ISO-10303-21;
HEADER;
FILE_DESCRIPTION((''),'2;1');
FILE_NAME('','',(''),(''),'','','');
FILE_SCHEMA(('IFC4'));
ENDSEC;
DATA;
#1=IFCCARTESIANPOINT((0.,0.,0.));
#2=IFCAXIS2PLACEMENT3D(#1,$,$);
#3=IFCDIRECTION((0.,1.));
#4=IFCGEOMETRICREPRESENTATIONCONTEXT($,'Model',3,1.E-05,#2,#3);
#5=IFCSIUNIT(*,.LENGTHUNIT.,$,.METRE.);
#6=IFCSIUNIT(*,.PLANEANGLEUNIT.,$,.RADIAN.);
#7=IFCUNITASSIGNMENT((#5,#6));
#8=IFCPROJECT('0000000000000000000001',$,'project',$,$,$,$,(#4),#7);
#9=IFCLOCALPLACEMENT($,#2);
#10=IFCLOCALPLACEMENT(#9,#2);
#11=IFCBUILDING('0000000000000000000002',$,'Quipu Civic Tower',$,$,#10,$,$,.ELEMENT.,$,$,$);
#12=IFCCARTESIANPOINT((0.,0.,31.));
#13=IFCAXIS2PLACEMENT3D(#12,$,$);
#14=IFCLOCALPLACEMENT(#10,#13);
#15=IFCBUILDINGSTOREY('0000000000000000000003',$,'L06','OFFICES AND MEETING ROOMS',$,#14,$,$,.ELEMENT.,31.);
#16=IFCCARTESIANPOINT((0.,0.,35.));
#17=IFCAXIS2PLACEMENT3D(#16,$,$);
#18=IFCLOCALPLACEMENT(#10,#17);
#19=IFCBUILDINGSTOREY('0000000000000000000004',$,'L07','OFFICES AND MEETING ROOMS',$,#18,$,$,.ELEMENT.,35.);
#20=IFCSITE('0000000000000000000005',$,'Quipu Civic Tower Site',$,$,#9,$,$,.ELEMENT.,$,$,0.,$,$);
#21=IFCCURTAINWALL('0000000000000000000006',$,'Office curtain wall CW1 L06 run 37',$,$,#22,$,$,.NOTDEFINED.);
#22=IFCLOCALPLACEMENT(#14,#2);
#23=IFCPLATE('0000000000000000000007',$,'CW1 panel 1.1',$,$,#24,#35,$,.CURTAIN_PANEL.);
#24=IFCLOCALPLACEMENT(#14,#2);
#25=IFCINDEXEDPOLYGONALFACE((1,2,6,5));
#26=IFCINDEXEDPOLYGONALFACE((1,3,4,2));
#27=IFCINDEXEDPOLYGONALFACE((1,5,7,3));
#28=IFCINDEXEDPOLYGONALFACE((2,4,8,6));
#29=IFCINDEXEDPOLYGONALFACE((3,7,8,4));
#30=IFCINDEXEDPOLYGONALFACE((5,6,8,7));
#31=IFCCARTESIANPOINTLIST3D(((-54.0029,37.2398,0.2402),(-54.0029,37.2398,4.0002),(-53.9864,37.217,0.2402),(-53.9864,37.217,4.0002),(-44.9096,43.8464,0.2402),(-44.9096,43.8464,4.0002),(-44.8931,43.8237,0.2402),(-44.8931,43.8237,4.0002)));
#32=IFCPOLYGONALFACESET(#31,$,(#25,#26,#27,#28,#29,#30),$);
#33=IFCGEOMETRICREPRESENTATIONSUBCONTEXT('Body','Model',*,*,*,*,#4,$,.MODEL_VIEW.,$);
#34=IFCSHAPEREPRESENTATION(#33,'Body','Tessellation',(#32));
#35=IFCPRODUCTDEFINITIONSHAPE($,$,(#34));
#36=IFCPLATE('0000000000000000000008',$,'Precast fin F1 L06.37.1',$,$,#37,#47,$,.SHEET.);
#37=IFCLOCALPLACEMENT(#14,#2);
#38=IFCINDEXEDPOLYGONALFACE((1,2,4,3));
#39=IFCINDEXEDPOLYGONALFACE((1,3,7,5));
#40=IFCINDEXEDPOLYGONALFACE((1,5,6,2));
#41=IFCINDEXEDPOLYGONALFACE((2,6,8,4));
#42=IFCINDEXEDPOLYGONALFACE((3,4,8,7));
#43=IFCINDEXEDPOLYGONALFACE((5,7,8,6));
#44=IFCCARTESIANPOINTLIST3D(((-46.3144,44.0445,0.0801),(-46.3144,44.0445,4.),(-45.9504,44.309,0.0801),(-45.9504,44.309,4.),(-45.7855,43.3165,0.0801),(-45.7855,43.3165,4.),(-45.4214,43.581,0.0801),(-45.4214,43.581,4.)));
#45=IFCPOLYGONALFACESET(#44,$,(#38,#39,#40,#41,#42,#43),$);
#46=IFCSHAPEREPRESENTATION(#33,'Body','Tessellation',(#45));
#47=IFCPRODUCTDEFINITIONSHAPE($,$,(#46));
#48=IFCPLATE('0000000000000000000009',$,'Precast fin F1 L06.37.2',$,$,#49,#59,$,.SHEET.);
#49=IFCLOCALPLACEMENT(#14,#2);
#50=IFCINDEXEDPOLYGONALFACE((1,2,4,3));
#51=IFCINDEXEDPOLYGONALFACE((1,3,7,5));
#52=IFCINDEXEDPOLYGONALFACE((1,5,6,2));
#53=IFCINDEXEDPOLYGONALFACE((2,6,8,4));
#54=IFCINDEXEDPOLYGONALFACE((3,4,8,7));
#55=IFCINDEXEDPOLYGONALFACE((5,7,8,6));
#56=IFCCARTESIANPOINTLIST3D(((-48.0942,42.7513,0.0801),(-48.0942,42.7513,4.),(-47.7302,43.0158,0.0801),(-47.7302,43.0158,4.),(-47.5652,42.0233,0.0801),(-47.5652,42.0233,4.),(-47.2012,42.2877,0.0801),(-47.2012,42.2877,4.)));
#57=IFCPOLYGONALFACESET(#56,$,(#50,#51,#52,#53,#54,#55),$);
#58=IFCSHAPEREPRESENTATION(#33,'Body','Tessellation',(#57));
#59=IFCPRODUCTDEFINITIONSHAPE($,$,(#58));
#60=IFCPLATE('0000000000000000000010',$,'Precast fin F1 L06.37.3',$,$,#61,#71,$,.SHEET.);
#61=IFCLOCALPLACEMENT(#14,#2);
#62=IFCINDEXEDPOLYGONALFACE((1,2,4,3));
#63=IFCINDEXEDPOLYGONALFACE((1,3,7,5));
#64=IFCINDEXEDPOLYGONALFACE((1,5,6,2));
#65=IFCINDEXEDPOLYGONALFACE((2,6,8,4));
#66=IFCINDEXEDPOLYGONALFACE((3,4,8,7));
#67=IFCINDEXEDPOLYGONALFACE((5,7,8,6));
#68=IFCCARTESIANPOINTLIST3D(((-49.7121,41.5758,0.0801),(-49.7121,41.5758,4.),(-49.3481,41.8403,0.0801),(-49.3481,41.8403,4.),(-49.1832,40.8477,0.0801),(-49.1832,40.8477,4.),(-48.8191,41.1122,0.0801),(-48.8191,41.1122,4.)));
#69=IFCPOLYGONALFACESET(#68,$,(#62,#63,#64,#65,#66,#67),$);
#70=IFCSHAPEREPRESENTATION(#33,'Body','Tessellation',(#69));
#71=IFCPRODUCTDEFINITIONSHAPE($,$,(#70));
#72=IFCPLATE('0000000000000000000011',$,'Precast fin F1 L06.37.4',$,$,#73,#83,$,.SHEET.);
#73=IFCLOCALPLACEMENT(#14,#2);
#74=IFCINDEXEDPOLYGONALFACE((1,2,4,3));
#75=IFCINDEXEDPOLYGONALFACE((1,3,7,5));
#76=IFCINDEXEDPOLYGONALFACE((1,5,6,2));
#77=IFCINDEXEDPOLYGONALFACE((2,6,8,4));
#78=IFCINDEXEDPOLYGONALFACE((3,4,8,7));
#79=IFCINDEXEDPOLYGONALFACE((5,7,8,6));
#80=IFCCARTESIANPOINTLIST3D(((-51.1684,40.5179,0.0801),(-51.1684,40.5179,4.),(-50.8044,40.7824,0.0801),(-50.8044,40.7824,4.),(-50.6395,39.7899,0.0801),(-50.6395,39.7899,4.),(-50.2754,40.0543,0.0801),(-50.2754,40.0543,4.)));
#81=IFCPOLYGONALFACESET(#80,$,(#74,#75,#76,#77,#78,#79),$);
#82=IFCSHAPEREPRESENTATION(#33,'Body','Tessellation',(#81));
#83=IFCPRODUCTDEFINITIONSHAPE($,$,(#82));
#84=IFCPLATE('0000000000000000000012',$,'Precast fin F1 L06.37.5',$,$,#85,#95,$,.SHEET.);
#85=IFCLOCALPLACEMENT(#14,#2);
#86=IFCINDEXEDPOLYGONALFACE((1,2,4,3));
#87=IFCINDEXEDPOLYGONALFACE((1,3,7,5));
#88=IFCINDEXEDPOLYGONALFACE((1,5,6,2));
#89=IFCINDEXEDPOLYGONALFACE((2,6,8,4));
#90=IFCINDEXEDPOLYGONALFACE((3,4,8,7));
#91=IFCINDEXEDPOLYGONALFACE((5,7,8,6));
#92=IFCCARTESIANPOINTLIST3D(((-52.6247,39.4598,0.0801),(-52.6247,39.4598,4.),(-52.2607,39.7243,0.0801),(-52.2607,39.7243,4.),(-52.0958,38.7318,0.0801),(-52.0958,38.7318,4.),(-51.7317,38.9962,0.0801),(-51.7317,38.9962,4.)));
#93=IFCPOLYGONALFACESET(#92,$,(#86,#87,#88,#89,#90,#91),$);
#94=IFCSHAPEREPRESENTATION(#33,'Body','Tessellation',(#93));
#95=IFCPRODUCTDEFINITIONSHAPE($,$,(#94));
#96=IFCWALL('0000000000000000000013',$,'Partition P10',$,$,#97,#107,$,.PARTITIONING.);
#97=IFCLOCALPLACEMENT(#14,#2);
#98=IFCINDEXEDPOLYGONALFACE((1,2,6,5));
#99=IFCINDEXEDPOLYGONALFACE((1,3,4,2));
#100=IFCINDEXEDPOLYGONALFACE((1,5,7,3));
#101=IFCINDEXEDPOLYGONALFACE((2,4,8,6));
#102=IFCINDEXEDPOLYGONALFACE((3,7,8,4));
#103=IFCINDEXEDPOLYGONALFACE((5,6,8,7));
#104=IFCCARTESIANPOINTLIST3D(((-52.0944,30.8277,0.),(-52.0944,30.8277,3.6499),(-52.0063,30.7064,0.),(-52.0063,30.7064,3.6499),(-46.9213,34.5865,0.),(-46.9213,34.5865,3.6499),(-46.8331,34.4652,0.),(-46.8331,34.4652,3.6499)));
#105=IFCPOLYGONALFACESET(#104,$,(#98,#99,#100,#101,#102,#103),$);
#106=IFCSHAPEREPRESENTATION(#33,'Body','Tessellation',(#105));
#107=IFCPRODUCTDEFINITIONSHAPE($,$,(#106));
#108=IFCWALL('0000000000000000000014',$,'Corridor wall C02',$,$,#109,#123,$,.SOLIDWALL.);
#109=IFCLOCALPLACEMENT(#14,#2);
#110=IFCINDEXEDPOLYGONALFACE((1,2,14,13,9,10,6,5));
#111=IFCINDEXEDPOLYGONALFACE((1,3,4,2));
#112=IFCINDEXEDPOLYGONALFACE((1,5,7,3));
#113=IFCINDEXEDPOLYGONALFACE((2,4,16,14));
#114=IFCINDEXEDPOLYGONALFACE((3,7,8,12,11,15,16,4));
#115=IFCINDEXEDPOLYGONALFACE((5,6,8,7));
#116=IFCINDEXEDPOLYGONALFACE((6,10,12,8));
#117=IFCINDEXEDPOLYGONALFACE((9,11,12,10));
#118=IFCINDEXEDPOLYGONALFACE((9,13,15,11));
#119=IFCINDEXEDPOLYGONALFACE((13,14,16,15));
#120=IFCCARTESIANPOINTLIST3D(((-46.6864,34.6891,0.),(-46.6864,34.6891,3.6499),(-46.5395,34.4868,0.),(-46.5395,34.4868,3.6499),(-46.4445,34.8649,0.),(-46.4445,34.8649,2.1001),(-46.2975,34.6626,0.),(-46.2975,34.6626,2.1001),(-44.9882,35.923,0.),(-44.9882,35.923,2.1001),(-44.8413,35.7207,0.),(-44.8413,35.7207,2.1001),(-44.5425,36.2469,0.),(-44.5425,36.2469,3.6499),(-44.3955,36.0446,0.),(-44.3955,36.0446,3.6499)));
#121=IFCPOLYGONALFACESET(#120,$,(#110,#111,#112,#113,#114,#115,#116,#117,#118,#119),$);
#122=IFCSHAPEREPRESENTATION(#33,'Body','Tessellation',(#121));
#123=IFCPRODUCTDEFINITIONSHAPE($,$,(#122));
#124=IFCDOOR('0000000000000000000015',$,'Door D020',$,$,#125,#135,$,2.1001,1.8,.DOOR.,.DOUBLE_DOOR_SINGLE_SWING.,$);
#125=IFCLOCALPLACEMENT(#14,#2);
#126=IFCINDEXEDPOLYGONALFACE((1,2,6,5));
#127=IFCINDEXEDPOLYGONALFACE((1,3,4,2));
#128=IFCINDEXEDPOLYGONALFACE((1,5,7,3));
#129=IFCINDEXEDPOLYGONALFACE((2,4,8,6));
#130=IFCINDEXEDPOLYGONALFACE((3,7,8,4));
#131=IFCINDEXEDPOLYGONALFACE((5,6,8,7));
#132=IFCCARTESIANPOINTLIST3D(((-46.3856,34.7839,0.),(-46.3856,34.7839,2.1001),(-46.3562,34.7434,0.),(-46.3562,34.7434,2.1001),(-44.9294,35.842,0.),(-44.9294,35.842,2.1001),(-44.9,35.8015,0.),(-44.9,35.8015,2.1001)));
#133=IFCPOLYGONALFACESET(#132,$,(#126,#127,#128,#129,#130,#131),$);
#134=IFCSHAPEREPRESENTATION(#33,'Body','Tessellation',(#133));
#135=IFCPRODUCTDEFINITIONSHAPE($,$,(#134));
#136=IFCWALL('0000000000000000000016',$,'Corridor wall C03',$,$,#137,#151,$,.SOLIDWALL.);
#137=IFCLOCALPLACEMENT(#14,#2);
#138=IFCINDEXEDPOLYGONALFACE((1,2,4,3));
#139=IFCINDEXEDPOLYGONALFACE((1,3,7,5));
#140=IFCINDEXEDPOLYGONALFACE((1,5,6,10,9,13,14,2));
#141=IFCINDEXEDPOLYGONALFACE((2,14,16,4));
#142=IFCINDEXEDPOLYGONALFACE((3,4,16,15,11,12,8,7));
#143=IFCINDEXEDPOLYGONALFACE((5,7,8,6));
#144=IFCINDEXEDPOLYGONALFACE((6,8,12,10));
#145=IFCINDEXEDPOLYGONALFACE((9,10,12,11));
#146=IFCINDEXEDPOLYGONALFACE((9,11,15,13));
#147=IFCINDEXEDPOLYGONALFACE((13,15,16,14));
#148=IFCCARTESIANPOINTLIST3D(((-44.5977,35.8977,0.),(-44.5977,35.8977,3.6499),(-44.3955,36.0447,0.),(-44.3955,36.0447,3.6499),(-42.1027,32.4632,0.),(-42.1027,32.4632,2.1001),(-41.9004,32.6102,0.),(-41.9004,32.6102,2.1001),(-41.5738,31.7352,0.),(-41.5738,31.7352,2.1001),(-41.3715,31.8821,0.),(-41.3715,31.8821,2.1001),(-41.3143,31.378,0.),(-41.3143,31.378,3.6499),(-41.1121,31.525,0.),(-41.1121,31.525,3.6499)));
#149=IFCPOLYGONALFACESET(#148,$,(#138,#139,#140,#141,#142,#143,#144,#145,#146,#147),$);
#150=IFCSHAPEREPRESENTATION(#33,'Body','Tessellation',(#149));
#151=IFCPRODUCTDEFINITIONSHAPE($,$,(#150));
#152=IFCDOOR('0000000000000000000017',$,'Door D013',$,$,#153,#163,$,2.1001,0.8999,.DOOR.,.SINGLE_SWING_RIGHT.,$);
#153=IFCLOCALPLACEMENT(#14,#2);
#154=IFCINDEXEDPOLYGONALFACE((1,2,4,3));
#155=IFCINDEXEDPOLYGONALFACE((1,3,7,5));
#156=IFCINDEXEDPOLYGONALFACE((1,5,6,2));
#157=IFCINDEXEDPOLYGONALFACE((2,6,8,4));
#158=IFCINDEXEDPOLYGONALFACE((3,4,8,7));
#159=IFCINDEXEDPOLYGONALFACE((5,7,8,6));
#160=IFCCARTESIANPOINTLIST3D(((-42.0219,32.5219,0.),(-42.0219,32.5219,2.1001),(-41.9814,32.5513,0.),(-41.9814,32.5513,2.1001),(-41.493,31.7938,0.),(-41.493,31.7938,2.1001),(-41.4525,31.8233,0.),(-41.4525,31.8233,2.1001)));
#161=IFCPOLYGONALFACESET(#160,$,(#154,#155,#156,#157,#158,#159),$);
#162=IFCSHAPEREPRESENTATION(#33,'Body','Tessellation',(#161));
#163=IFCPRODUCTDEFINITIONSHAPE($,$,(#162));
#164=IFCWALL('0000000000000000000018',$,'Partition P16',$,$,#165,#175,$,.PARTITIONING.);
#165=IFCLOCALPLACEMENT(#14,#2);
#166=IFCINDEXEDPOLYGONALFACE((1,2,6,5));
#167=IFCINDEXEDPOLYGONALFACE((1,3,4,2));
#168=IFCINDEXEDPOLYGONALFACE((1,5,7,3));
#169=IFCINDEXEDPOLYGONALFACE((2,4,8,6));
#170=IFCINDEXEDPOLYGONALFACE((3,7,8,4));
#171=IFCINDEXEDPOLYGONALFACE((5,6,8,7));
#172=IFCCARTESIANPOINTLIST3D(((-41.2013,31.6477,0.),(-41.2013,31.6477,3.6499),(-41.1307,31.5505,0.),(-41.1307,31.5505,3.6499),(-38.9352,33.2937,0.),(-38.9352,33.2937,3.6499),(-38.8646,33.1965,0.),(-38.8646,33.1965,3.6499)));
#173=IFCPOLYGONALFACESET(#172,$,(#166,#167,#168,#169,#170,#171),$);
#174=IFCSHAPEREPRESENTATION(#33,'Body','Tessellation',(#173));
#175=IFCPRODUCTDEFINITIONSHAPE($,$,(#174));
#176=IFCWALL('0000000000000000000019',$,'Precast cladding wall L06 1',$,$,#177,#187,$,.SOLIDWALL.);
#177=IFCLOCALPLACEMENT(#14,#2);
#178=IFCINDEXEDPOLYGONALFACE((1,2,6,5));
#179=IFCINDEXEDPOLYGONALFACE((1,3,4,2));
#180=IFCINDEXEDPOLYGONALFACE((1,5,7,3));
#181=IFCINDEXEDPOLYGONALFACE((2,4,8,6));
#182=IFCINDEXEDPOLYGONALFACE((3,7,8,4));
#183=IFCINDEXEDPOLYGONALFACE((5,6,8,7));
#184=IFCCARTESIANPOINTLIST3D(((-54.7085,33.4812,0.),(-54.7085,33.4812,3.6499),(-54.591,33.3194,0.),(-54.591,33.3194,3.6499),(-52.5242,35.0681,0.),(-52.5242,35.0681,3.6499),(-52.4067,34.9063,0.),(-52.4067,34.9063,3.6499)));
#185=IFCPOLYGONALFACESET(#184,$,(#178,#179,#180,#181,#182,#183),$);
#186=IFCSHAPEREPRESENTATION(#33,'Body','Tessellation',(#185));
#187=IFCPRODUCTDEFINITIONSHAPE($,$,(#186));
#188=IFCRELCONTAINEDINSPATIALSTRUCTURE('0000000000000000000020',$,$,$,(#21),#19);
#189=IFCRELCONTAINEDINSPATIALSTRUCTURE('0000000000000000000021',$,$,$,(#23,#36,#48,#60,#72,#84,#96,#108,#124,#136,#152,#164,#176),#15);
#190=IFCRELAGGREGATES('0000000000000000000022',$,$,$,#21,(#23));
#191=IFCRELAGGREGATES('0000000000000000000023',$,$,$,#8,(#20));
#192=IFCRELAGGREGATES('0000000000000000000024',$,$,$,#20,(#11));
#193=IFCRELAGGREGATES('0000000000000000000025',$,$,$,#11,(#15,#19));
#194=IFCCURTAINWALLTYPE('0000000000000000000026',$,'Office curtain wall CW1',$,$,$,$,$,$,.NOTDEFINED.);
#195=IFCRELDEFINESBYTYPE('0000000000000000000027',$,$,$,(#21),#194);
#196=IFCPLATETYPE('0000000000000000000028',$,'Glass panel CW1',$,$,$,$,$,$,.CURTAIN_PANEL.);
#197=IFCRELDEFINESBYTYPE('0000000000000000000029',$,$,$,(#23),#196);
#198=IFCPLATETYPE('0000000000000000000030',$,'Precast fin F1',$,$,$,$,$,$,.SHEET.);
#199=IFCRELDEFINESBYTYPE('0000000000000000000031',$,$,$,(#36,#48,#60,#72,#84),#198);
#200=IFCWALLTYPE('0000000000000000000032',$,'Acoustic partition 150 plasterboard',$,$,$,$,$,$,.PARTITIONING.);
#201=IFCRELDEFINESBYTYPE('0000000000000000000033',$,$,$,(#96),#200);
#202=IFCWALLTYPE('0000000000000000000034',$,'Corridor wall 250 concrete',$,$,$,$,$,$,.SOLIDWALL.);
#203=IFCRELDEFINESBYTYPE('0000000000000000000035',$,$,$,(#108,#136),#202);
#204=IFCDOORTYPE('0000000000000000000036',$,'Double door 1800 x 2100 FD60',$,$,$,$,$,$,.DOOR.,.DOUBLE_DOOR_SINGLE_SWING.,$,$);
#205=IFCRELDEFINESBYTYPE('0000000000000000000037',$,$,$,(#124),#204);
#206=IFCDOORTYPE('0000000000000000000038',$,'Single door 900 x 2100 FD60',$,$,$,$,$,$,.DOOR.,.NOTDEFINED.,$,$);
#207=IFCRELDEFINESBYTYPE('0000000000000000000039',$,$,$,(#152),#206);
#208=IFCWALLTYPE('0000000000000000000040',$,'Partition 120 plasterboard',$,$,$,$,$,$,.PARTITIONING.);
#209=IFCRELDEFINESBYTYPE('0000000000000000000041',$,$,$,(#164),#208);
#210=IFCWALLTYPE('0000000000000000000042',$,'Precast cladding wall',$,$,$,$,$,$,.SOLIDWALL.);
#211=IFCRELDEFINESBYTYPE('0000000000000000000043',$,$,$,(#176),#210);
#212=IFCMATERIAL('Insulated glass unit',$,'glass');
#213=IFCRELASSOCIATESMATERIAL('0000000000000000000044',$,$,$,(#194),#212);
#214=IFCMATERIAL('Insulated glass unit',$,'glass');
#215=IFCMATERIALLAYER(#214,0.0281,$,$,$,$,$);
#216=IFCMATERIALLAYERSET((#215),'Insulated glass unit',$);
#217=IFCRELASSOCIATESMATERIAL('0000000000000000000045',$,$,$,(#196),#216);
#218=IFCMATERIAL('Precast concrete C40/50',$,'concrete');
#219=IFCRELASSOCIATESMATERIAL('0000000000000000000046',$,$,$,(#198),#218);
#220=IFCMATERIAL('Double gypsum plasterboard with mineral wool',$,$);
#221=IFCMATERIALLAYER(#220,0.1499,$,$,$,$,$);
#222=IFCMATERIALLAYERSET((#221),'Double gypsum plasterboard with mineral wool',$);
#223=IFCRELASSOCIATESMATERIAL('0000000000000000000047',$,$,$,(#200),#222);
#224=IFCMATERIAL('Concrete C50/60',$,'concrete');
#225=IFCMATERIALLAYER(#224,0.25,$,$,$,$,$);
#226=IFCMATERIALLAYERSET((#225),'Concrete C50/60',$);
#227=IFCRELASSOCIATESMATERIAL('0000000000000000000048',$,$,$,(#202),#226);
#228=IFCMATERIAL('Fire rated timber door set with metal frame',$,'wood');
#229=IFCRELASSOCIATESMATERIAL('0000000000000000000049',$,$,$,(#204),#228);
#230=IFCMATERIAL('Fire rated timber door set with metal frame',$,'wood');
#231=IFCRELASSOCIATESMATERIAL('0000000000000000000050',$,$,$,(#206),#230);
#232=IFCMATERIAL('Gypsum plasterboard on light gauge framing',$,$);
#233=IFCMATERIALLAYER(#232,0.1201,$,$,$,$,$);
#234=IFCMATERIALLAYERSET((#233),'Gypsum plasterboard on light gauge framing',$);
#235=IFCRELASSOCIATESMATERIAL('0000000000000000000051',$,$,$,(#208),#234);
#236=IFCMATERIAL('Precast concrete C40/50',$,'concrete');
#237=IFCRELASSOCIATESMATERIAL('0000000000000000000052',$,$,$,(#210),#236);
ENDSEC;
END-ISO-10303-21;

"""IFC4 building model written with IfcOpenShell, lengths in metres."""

from ifc_helpers import new_model, si_unit, direction, frame, frame_2d, origin, origin_2d, place, context, subcontext, project, spatial, rectangle, extrude, material, layer, layer_set, type_object, element, fill, aggregate, save


model = new_model("IFC4")

# Units and contexts
model_context = context("Model", 3, precision=1e-05, world=origin(), true_north=direction((0.0, 1.0)))
body_context = subcontext(model_context, "Body", "Model", "MODEL_VIEW")
ifc_project = project(units=[si_unit("LENGTHUNIT", "METRE"), si_unit("PLANEANGLEUNIT", "RADIAN")], contexts=[model_context])

# Site, building, storey
site_placement = place(None, origin())
site = spatial("IfcSite", under=ifc_project, at=site_placement, Name="Quipu Civic Tower Site", CompositionType="ELEMENT", RefElevation=0.0)
building_placement = place(site_placement, origin())
building = spatial("IfcBuilding", under=site, at=building_placement, Name="Quipu Civic Tower", CompositionType="ELEMENT")
storey_1_placement = place(building_placement, frame((0.0, 0.0, 31.0)))
storey_1 = spatial("IfcBuildingStorey", under=building, at=storey_1_placement, Name="L06", Description="OFFICES AND MEETING ROOMS", CompositionType="ELEMENT", Elevation=31.0)

# Shared definitions
storey_2_placement = place(building_placement, frame((0.0, 0.0, 35.0)))
storey_2 = spatial("IfcBuildingStorey", under=building, at=storey_2_placement, Name="L07", Description="OFFICES AND MEETING ROOMS", CompositionType="ELEMENT", Elevation=35.0)

# Curtain wall, plate
ifc_material_1 = material(Name="Insulated glass unit", Category="glass")
curtain_wall_type = type_object("IfcCurtainWallType", Name="Office curtain wall CW1", PredefinedType="NOTDEFINED", material=ifc_material_1)
curtain_wall_placement = place(storey_2_placement, origin())
curtain_wall = element("IfcCurtainWall", 1, at=curtain_wall_placement, inside=storey_2, type_object=curtain_wall_type, Name="Office curtain wall CW1 L06 run 37", PredefinedType="NOTDEFINED")
ifc_material_2 = material(Name="Insulated glass unit", Category="glass")
ifc_layer_1 = layer(ifc_material_2, 0.0281)
ifc_layer_set_1 = layer_set([ifc_layer_1], Name="Insulated glass unit")
plate_type_1 = type_object("IfcPlateType", Name="Glass panel CW1", PredefinedType="CURTAIN_PANEL", material=ifc_layer_set_1)
plate_placement = place(storey_1_placement, frame((-49.448, 40.5317, 0.2402), z_axis=(0.0, 0.0, 1.0), x_axis=(-0.809019, -0.587782, 0.0)))
plate = element("IfcPlate", 2, at=plate_placement, inside=storey_1, type_object=plate_type_1, Name="CW1 panel 1.1", PredefinedType="CURTAIN_PANEL", context=body_context, shape_type="SweptSolid", body=[
    extrude(rectangle(XDim=11.24, YDim=0.0281, at=origin_2d()), origin(), (0.0, 0.0, 1.0), 3.76),
])
aggregate(curtain_wall, [plate])

# Plates
ifc_material_3 = material(Name="Precast concrete C40/50", Category="concrete")
plate_type_2 = type_object("IfcPlateType", Name="Precast fin F1", PredefinedType="SHEET", material=ifc_material_3)
for number, where, z_axis, x_axis, name in (
    (3, (-45.8679, 43.8127, 0.0801), (0.0, 0.0, 1.0), (-0.809021, -0.587779, 0.0), "Precast fin F1 L06.37.1"),
    (4, (-47.6477, 42.5195, 0.0801), (0.0, 0.0, 1.0), (-0.809021, -0.587779, 0.0), "Precast fin F1 L06.37.2"),
    (5, (-49.2656, 41.344, 0.0801), (0.0, 0.0, 1.0), (-0.809021, -0.587779, 0.0), "Precast fin F1 L06.37.3"),
    (6, (-50.7219, 40.2861, 0.0801), (0.0, 0.0, 1.0), (-0.809021, -0.587779, 0.0), "Precast fin F1 L06.37.4"),
    (7, (-52.1782, 39.228, 0.0801), (0.0, 0.0, 1.0), (-0.809021, -0.587779, 0.0), "Precast fin F1 L06.37.5"),
):
    element("IfcPlate", number, at=place(storey_1_placement, frame(where, z_axis=z_axis, x_axis=x_axis)), inside=storey_1, type_object=plate_type_2, Name=name, PredefinedType="SHEET", context=body_context, shape_type="SweptSolid", body=[
        extrude(rectangle(XDim=0.45, YDim=0.8999, at=origin_2d()), origin(), (0.0, 0.0, 1.0), 3.9199),
    ])

# Wall
ifc_material_4 = material(Name="Double gypsum plasterboard with mineral wool")
ifc_layer_2 = layer(ifc_material_4, 0.1499)
ifc_layer_set_2 = layer_set([ifc_layer_2], Name="Double gypsum plasterboard with mineral wool")
wall_type_1 = type_object("IfcWallType", Name="Acoustic partition 150 plasterboard", PredefinedType="PARTITIONING", material=ifc_layer_set_2)
wall_1_placement = place(storey_1_placement, frame((-46.8772, 34.5259, 0.0), z_axis=(0.0, 0.0, 1.0), x_axis=(-0.808994, -0.587817, 0.0)))
element("IfcWall", 8, at=wall_1_placement, inside=storey_1, type_object=wall_type_1, Name="Partition P10", PredefinedType="PARTITIONING", context=body_context, shape_type="SweptSolid", body=[
    extrude(rectangle(XDim=6.3945, YDim=0.1499, at=frame_2d((3.1973, 0.0))), origin(), (0.0, 0.0, 1.0), 3.6499),
])

# Walls, openings, doors
ifc_material_5 = material(Name="Concrete C50/60", Category="concrete")
ifc_layer_3 = layer(ifc_material_5, 0.25)
ifc_layer_set_3 = layer_set([ifc_layer_3], Name="Concrete C50/60")
wall_type_2 = type_object("IfcWallType", Name="Corridor wall 250 concrete", PredefinedType="SOLIDWALL", material=ifc_layer_set_3)
wall_2_placement = place(storey_1_placement, frame((-46.613, 34.5879, 0.0), z_axis=(0.0, 0.0, 1.0), x_axis=(0.808995, 0.587816, 0.0)))
wall_2 = element("IfcWall", 9, at=wall_2_placement, inside=storey_1, type_object=wall_type_2, Name="Corridor wall C02", PredefinedType="SOLIDWALL", context=body_context, shape_type="SweptSolid", body=[
    extrude(rectangle(XDim=2.6501, YDim=0.25, at=frame_2d((1.3252, 0.0))), origin(), (0.0, 0.0, 1.0), 3.6499),
])
opening_1_placement = place(wall_2_placement, frame((0.2993, 0.0, 0.0)))
opening_1 = element("IfcOpeningElement", 10, at=opening_1_placement, cuts=wall_2, PredefinedType="OPENING", context=body_context, shape_type="SweptSolid", body=[
    extrude(rectangle(XDim=1.8, YDim=2.1001, at=frame_2d((0.8999, 1.05))), frame((0.0, 0.135, 0.0), z_axis=(0.0, -1.0, 0.0), x_axis=(1.0, 0.0, 0.0)), (0.0, 0.0, 1.0), 0.27),
])
ifc_material_6 = material(Name="Fire rated timber door set with metal frame", Category="wood")
door_type_1 = type_object("IfcDoorType", Name="Double door 1800 x 2100 FD60", OperationType="DOUBLE_DOOR_SINGLE_SWING", PredefinedType="DOOR", material=ifc_material_6)
door_1_placement = place(opening_1_placement, origin())
door_1 = element("IfcDoor", 11, at=door_1_placement, inside=storey_1, type_object=door_type_1, Name="Door D020", OperationType="DOUBLE_DOOR_SINGLE_SWING", OverallHeight=2.1001, OverallWidth=1.8, PredefinedType="DOOR", context=body_context, shape_type="SweptSolid", body=[
    extrude(rectangle(XDim=1.8, YDim=2.1001, at=frame_2d((0.8999, 1.05))), frame((0.0, 0.0249, 0.0), z_axis=(0.0, -1.0, 0.0), x_axis=(1.0, 0.0, 0.0)), (0.0, 0.0, 1.0), 0.05),
])
fill(opening_1, door_1)
wall_3_placement = place(storey_1_placement, frame((-44.4966, 35.9712, 0.0), z_axis=(0.0, 0.0, 1.0), x_axis=(0.587743, -0.809048, 0.0)))
wall_3 = element("IfcWall", 12, at=wall_3_placement, inside=storey_1, type_object=wall_type_2, Name="Corridor wall C03", PredefinedType="SOLIDWALL", context=body_context, shape_type="SweptSolid", body=[
    extrude(rectangle(XDim=5.5864, YDim=0.25, at=frame_2d((2.7932, 0.0))), origin(), (0.0, 0.0, 1.0), 3.6499),
])
opening_2_placement = place(wall_3_placement, frame((4.2451, 0.0, 0.0)))
opening_2 = element("IfcOpeningElement", 13, at=opening_2_placement, cuts=wall_3, PredefinedType="OPENING", context=body_context, shape_type="SweptSolid", body=[
    extrude(rectangle(XDim=0.8999, YDim=2.1001, at=frame_2d((0.45, 1.05))), frame((0.0, 0.135, 0.0), z_axis=(0.0, -1.0, 0.0), x_axis=(1.0, 0.0, 0.0)), (0.0, 0.0, 1.0), 0.27),
])
ifc_material_7 = material(Name="Fire rated timber door set with metal frame", Category="wood")
door_type_2 = type_object("IfcDoorType", Name="Single door 900 x 2100 FD60", OperationType="NOTDEFINED", PredefinedType="DOOR", material=ifc_material_7)
door_2_placement = place(opening_2_placement, origin())
door_2 = element("IfcDoor", 14, at=door_2_placement, inside=storey_1, type_object=door_type_2, Name="Door D013", OperationType="SINGLE_SWING_RIGHT", OverallHeight=2.1001, OverallWidth=0.8999, PredefinedType="DOOR", context=body_context, shape_type="SweptSolid", body=[
    extrude(rectangle(XDim=0.8999, YDim=2.1001, at=frame_2d((0.45, 1.05))), frame((0.0, 0.0249, 0.0), z_axis=(0.0, -1.0, 0.0), x_axis=(1.0, 0.0, 0.0)), (0.0, 0.0, 1.0), 0.05),
])
fill(opening_2, door_2)

# Walls
ifc_material_8 = material(Name="Gypsum plasterboard on light gauge framing")
ifc_layer_4 = layer(ifc_material_8, 0.1201)
ifc_layer_set_4 = layer_set([ifc_layer_4], Name="Gypsum plasterboard on light gauge framing")
wall_type_3 = type_object("IfcWallType", Name="Partition 120 plasterboard", PredefinedType="PARTITIONING", material=ifc_layer_set_4)
wall_4_placement = place(storey_1_placement, frame((-41.166, 31.5991, 0.0), z_axis=(0.0, 0.0, 1.0), x_axis=(0.80909, 0.587684, 0.0)))
element("IfcWall", 15, at=wall_4_placement, inside=storey_1, type_object=wall_type_3, Name="Partition P16", PredefinedType="PARTITIONING", context=body_context, shape_type="SweptSolid", body=[
    extrude(rectangle(XDim=2.8008, YDim=0.1201, at=frame_2d((1.4004, 0.0))), origin(), (0.0, 0.0, 1.0), 3.6499),
])
ifc_material_9 = material(Name="Precast concrete C40/50", Category="concrete")
wall_type_4 = type_object("IfcWallType", Name="Precast cladding wall", PredefinedType="SOLIDWALL", material=ifc_material_9)
wall_5_placement = place(storey_1_placement, frame((-52.4653, 34.9873, 0.0), z_axis=(0.0, 0.0, 1.0), x_axis=(-0.809033, -0.587763, 0.0)))
element("IfcWall", 16, at=wall_5_placement, inside=storey_1, type_object=wall_type_4, Name="Precast cladding wall L06 1", PredefinedType="SOLIDWALL", context=body_context, shape_type="SweptSolid", body=[
    extrude(rectangle(XDim=2.7, YDim=0.2, at=frame_2d((1.3501, 0.0))), origin(), (0.0, 0.0, 1.0), 3.6499),
])

save(model, "model.ifc")
